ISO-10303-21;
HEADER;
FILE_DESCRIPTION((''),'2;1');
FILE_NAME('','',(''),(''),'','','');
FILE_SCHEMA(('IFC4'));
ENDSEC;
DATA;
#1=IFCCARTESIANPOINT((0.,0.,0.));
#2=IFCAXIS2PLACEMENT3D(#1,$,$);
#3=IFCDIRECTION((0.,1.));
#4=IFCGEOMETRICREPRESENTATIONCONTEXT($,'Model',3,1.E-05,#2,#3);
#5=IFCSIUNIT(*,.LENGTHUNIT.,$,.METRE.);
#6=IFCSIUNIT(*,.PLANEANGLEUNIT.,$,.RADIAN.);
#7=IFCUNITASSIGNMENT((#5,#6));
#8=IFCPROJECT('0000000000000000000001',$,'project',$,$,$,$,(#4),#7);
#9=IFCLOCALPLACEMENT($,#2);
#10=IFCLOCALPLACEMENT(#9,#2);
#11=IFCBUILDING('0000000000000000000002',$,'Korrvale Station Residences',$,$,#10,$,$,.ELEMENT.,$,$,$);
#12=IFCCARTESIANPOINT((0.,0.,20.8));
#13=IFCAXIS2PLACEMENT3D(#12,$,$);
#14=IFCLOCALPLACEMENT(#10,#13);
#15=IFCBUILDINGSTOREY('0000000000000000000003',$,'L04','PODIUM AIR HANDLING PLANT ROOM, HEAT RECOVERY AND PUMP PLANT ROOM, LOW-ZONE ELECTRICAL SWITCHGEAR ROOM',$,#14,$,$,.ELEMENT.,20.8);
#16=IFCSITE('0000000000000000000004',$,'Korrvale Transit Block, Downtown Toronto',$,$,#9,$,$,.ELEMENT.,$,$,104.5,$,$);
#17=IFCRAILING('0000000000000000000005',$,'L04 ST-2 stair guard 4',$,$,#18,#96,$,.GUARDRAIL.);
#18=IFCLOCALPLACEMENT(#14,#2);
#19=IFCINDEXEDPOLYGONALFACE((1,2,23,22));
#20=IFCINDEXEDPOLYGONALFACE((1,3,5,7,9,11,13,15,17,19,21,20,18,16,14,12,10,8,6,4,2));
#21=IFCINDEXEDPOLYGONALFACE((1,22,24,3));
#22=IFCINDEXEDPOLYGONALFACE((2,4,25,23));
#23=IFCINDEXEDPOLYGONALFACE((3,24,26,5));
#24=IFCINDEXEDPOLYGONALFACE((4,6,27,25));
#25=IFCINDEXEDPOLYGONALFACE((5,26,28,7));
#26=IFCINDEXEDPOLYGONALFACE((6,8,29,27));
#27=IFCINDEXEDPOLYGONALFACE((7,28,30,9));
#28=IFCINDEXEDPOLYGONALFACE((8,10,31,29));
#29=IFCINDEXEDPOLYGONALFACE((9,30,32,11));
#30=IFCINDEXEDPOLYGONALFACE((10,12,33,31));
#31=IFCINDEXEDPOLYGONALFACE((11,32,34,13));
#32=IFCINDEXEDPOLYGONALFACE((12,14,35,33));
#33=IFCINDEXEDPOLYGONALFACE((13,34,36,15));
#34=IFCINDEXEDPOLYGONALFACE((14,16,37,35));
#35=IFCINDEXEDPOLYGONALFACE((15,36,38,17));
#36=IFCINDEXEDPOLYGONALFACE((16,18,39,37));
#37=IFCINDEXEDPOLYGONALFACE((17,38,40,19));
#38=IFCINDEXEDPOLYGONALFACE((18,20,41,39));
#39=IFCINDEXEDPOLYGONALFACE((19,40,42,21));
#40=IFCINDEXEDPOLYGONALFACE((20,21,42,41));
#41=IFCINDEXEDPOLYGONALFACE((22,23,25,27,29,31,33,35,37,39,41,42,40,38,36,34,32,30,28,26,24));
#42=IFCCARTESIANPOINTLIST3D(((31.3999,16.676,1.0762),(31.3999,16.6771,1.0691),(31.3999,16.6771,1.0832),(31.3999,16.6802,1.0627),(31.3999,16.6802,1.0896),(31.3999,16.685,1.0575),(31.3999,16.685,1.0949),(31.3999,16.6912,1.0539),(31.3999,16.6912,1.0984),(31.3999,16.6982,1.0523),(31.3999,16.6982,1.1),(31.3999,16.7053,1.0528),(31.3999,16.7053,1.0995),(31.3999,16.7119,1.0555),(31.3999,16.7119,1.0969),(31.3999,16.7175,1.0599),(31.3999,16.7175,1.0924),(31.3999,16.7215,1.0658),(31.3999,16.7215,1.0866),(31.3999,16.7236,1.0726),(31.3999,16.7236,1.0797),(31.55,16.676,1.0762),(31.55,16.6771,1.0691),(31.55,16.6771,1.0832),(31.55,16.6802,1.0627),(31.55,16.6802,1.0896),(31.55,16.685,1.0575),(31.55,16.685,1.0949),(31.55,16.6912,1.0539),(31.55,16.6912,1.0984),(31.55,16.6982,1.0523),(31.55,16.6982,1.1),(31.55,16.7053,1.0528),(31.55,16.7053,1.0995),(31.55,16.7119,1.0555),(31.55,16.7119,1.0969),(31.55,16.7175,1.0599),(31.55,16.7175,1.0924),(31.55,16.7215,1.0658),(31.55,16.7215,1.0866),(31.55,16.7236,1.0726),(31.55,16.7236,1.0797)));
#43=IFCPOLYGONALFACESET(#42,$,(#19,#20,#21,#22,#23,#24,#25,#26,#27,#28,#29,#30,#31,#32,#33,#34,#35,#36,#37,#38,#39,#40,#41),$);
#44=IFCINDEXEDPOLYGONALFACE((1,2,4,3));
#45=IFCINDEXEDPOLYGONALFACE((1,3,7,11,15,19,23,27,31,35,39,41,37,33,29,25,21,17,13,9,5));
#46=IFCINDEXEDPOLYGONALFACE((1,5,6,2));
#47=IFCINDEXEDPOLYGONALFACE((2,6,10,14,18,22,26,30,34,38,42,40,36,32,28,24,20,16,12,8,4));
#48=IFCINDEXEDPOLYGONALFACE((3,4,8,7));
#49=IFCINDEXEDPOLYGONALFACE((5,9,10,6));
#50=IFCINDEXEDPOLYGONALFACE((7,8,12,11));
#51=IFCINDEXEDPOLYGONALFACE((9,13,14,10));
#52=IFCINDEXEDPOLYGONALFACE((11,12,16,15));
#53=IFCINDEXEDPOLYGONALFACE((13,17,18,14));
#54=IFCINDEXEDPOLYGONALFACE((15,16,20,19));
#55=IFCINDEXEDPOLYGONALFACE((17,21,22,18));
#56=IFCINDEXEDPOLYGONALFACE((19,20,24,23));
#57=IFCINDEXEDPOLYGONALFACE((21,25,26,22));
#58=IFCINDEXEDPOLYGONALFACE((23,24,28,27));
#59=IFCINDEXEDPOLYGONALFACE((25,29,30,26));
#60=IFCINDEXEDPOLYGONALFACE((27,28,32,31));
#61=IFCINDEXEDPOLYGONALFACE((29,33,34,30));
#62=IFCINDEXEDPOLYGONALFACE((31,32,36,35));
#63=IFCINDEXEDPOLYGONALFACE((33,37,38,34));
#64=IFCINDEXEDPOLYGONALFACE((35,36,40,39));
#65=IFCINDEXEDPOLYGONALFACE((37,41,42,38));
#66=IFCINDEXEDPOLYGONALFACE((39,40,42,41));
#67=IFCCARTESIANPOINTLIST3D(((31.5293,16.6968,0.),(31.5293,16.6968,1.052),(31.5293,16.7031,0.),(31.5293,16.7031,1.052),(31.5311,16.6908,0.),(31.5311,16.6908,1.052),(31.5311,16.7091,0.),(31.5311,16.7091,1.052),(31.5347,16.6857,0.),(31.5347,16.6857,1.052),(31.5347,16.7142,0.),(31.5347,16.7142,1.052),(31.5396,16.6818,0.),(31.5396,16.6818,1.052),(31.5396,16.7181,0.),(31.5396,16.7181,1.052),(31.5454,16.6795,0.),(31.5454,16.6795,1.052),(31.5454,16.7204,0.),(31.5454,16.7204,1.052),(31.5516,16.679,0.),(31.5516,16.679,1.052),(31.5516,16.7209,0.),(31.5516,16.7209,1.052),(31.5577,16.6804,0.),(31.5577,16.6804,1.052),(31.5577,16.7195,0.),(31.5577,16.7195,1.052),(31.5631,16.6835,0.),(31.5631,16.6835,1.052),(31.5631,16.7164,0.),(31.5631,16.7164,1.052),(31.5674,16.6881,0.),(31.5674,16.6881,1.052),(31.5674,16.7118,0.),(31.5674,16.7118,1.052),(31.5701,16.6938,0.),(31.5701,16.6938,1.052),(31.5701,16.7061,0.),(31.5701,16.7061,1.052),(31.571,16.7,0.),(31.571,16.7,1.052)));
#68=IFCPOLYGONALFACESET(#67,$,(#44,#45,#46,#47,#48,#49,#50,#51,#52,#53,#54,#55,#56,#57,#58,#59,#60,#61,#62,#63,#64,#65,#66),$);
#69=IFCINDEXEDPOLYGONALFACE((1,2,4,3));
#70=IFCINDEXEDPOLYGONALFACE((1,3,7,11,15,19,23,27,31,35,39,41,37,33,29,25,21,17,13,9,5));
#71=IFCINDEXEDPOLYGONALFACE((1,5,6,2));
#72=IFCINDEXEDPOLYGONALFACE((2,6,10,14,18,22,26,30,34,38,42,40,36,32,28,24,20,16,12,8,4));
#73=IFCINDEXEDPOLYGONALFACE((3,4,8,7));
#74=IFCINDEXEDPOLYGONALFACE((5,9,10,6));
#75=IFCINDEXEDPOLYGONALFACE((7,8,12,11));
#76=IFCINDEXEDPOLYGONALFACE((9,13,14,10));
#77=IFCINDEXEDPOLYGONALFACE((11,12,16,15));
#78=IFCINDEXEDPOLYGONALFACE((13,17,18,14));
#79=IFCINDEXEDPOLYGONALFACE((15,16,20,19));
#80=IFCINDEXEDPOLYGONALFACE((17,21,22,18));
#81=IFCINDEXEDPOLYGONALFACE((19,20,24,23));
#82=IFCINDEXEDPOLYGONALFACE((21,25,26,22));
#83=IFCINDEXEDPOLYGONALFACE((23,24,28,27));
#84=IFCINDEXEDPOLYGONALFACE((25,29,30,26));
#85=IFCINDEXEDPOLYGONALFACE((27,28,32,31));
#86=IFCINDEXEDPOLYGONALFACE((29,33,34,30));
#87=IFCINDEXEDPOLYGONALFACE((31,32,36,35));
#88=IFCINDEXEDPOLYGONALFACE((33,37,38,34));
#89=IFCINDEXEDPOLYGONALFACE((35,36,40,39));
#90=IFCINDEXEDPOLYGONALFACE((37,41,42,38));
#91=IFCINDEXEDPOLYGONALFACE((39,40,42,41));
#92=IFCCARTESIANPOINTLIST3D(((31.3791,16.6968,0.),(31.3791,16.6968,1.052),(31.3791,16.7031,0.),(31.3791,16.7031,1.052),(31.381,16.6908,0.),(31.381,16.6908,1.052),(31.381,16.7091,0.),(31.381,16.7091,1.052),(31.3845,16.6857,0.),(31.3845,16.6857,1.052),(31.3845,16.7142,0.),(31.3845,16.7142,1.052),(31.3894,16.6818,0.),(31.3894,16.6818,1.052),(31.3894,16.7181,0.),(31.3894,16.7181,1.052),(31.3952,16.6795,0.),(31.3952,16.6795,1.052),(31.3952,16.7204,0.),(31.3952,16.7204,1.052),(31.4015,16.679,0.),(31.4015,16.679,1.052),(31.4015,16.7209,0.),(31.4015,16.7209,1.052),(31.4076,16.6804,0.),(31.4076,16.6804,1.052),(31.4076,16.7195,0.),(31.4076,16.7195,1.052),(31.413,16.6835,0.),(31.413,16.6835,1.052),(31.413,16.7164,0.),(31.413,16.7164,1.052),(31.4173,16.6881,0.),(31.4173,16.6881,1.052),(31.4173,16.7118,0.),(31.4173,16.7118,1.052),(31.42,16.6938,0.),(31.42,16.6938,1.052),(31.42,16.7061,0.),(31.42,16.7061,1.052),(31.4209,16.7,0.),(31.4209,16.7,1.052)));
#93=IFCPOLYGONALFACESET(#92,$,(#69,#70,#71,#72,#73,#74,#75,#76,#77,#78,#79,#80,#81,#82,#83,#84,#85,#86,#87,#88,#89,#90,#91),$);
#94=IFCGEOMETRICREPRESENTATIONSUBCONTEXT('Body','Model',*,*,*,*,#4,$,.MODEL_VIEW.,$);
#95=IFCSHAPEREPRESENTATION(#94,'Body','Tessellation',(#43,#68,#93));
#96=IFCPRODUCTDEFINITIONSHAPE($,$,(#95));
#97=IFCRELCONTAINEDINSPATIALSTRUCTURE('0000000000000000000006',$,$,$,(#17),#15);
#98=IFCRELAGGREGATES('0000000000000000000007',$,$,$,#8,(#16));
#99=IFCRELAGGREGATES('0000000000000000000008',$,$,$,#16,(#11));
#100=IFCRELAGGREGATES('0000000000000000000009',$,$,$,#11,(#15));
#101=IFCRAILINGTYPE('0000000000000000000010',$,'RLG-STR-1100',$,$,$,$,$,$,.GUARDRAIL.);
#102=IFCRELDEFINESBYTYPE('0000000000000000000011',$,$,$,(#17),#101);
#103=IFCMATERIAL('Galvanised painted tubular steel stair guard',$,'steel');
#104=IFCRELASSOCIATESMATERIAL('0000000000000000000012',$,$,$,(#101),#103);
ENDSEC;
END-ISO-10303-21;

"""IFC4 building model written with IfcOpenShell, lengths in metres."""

from ifc_helpers import new_model, si_unit, direction, frame, origin, origin_2d, place, context, subcontext, project, spatial, circle, extrude, material, type_object, element, save


model = new_model("IFC4")

# Units and contexts
model_context = context("Model", 3, precision=1e-05, world=origin(), true_north=direction((0.0, 1.0)))
body_context = subcontext(model_context, "Body", "Model", "MODEL_VIEW")
ifc_project = project(units=[si_unit("LENGTHUNIT", "METRE"), si_unit("PLANEANGLEUNIT", "RADIAN")], contexts=[model_context])

# Site, building, storey
site_placement = place(None, origin())
site = spatial("IfcSite", under=ifc_project, at=site_placement, Name="Korrvale Transit Block, Downtown Toronto", CompositionType="ELEMENT", RefElevation=104.5)
building_placement = place(site_placement, origin())
building = spatial("IfcBuilding", under=site, at=building_placement, Name="Korrvale Station Residences", CompositionType="ELEMENT")
storey_placement = place(building_placement, frame((0.0, 0.0, 20.8)))
storey = spatial("IfcBuildingStorey", under=building, at=storey_placement, Name="L04", Description="PODIUM AIR HANDLING PLANT ROOM, HEAT RECOVERY AND PUMP PLANT ROOM, LOW-ZONE ELECTRICAL SWITCHGEAR ROOM", CompositionType="ELEMENT", Elevation=20.8)

# Railing
ifc_material_1 = material(Name="Galvanised painted tubular steel stair guard", Category="steel")
railing_type_1 = type_object("IfcRailingType", Name="RLG-STR-1100", PredefinedType="GUARDRAIL", material=ifc_material_1)
railing_1_placement = place(storey_placement, frame((31.55, 16.7, 0.0)))
element("IfcRailing", 1, at=railing_1_placement, inside=storey, type_object=railing_type_1, Name="L04 ST-2 stair guard 4", PredefinedType="GUARDRAIL", context=body_context, shape_type="SweptSolid", body=[
    extrude(circle(Radius=0.0239, at=origin_2d()), frame((0.0, 0.0, 1.0762), z_axis=(-1.0, 0.0, 0.0), x_axis=(0.0, -1.0, 0.0)), (0.0, 0.0, 1.0), 0.1501),
    extrude(circle(Radius=0.021, at=origin_2d()), origin(), (0.0, 0.0, 1.0), 1.052),
    extrude(circle(Radius=0.021, at=origin_2d()), frame((-0.1501, 0.0, 0.0)), (0.0, 0.0, 1.0), 1.052),
])

save(model, "model.ifc")
